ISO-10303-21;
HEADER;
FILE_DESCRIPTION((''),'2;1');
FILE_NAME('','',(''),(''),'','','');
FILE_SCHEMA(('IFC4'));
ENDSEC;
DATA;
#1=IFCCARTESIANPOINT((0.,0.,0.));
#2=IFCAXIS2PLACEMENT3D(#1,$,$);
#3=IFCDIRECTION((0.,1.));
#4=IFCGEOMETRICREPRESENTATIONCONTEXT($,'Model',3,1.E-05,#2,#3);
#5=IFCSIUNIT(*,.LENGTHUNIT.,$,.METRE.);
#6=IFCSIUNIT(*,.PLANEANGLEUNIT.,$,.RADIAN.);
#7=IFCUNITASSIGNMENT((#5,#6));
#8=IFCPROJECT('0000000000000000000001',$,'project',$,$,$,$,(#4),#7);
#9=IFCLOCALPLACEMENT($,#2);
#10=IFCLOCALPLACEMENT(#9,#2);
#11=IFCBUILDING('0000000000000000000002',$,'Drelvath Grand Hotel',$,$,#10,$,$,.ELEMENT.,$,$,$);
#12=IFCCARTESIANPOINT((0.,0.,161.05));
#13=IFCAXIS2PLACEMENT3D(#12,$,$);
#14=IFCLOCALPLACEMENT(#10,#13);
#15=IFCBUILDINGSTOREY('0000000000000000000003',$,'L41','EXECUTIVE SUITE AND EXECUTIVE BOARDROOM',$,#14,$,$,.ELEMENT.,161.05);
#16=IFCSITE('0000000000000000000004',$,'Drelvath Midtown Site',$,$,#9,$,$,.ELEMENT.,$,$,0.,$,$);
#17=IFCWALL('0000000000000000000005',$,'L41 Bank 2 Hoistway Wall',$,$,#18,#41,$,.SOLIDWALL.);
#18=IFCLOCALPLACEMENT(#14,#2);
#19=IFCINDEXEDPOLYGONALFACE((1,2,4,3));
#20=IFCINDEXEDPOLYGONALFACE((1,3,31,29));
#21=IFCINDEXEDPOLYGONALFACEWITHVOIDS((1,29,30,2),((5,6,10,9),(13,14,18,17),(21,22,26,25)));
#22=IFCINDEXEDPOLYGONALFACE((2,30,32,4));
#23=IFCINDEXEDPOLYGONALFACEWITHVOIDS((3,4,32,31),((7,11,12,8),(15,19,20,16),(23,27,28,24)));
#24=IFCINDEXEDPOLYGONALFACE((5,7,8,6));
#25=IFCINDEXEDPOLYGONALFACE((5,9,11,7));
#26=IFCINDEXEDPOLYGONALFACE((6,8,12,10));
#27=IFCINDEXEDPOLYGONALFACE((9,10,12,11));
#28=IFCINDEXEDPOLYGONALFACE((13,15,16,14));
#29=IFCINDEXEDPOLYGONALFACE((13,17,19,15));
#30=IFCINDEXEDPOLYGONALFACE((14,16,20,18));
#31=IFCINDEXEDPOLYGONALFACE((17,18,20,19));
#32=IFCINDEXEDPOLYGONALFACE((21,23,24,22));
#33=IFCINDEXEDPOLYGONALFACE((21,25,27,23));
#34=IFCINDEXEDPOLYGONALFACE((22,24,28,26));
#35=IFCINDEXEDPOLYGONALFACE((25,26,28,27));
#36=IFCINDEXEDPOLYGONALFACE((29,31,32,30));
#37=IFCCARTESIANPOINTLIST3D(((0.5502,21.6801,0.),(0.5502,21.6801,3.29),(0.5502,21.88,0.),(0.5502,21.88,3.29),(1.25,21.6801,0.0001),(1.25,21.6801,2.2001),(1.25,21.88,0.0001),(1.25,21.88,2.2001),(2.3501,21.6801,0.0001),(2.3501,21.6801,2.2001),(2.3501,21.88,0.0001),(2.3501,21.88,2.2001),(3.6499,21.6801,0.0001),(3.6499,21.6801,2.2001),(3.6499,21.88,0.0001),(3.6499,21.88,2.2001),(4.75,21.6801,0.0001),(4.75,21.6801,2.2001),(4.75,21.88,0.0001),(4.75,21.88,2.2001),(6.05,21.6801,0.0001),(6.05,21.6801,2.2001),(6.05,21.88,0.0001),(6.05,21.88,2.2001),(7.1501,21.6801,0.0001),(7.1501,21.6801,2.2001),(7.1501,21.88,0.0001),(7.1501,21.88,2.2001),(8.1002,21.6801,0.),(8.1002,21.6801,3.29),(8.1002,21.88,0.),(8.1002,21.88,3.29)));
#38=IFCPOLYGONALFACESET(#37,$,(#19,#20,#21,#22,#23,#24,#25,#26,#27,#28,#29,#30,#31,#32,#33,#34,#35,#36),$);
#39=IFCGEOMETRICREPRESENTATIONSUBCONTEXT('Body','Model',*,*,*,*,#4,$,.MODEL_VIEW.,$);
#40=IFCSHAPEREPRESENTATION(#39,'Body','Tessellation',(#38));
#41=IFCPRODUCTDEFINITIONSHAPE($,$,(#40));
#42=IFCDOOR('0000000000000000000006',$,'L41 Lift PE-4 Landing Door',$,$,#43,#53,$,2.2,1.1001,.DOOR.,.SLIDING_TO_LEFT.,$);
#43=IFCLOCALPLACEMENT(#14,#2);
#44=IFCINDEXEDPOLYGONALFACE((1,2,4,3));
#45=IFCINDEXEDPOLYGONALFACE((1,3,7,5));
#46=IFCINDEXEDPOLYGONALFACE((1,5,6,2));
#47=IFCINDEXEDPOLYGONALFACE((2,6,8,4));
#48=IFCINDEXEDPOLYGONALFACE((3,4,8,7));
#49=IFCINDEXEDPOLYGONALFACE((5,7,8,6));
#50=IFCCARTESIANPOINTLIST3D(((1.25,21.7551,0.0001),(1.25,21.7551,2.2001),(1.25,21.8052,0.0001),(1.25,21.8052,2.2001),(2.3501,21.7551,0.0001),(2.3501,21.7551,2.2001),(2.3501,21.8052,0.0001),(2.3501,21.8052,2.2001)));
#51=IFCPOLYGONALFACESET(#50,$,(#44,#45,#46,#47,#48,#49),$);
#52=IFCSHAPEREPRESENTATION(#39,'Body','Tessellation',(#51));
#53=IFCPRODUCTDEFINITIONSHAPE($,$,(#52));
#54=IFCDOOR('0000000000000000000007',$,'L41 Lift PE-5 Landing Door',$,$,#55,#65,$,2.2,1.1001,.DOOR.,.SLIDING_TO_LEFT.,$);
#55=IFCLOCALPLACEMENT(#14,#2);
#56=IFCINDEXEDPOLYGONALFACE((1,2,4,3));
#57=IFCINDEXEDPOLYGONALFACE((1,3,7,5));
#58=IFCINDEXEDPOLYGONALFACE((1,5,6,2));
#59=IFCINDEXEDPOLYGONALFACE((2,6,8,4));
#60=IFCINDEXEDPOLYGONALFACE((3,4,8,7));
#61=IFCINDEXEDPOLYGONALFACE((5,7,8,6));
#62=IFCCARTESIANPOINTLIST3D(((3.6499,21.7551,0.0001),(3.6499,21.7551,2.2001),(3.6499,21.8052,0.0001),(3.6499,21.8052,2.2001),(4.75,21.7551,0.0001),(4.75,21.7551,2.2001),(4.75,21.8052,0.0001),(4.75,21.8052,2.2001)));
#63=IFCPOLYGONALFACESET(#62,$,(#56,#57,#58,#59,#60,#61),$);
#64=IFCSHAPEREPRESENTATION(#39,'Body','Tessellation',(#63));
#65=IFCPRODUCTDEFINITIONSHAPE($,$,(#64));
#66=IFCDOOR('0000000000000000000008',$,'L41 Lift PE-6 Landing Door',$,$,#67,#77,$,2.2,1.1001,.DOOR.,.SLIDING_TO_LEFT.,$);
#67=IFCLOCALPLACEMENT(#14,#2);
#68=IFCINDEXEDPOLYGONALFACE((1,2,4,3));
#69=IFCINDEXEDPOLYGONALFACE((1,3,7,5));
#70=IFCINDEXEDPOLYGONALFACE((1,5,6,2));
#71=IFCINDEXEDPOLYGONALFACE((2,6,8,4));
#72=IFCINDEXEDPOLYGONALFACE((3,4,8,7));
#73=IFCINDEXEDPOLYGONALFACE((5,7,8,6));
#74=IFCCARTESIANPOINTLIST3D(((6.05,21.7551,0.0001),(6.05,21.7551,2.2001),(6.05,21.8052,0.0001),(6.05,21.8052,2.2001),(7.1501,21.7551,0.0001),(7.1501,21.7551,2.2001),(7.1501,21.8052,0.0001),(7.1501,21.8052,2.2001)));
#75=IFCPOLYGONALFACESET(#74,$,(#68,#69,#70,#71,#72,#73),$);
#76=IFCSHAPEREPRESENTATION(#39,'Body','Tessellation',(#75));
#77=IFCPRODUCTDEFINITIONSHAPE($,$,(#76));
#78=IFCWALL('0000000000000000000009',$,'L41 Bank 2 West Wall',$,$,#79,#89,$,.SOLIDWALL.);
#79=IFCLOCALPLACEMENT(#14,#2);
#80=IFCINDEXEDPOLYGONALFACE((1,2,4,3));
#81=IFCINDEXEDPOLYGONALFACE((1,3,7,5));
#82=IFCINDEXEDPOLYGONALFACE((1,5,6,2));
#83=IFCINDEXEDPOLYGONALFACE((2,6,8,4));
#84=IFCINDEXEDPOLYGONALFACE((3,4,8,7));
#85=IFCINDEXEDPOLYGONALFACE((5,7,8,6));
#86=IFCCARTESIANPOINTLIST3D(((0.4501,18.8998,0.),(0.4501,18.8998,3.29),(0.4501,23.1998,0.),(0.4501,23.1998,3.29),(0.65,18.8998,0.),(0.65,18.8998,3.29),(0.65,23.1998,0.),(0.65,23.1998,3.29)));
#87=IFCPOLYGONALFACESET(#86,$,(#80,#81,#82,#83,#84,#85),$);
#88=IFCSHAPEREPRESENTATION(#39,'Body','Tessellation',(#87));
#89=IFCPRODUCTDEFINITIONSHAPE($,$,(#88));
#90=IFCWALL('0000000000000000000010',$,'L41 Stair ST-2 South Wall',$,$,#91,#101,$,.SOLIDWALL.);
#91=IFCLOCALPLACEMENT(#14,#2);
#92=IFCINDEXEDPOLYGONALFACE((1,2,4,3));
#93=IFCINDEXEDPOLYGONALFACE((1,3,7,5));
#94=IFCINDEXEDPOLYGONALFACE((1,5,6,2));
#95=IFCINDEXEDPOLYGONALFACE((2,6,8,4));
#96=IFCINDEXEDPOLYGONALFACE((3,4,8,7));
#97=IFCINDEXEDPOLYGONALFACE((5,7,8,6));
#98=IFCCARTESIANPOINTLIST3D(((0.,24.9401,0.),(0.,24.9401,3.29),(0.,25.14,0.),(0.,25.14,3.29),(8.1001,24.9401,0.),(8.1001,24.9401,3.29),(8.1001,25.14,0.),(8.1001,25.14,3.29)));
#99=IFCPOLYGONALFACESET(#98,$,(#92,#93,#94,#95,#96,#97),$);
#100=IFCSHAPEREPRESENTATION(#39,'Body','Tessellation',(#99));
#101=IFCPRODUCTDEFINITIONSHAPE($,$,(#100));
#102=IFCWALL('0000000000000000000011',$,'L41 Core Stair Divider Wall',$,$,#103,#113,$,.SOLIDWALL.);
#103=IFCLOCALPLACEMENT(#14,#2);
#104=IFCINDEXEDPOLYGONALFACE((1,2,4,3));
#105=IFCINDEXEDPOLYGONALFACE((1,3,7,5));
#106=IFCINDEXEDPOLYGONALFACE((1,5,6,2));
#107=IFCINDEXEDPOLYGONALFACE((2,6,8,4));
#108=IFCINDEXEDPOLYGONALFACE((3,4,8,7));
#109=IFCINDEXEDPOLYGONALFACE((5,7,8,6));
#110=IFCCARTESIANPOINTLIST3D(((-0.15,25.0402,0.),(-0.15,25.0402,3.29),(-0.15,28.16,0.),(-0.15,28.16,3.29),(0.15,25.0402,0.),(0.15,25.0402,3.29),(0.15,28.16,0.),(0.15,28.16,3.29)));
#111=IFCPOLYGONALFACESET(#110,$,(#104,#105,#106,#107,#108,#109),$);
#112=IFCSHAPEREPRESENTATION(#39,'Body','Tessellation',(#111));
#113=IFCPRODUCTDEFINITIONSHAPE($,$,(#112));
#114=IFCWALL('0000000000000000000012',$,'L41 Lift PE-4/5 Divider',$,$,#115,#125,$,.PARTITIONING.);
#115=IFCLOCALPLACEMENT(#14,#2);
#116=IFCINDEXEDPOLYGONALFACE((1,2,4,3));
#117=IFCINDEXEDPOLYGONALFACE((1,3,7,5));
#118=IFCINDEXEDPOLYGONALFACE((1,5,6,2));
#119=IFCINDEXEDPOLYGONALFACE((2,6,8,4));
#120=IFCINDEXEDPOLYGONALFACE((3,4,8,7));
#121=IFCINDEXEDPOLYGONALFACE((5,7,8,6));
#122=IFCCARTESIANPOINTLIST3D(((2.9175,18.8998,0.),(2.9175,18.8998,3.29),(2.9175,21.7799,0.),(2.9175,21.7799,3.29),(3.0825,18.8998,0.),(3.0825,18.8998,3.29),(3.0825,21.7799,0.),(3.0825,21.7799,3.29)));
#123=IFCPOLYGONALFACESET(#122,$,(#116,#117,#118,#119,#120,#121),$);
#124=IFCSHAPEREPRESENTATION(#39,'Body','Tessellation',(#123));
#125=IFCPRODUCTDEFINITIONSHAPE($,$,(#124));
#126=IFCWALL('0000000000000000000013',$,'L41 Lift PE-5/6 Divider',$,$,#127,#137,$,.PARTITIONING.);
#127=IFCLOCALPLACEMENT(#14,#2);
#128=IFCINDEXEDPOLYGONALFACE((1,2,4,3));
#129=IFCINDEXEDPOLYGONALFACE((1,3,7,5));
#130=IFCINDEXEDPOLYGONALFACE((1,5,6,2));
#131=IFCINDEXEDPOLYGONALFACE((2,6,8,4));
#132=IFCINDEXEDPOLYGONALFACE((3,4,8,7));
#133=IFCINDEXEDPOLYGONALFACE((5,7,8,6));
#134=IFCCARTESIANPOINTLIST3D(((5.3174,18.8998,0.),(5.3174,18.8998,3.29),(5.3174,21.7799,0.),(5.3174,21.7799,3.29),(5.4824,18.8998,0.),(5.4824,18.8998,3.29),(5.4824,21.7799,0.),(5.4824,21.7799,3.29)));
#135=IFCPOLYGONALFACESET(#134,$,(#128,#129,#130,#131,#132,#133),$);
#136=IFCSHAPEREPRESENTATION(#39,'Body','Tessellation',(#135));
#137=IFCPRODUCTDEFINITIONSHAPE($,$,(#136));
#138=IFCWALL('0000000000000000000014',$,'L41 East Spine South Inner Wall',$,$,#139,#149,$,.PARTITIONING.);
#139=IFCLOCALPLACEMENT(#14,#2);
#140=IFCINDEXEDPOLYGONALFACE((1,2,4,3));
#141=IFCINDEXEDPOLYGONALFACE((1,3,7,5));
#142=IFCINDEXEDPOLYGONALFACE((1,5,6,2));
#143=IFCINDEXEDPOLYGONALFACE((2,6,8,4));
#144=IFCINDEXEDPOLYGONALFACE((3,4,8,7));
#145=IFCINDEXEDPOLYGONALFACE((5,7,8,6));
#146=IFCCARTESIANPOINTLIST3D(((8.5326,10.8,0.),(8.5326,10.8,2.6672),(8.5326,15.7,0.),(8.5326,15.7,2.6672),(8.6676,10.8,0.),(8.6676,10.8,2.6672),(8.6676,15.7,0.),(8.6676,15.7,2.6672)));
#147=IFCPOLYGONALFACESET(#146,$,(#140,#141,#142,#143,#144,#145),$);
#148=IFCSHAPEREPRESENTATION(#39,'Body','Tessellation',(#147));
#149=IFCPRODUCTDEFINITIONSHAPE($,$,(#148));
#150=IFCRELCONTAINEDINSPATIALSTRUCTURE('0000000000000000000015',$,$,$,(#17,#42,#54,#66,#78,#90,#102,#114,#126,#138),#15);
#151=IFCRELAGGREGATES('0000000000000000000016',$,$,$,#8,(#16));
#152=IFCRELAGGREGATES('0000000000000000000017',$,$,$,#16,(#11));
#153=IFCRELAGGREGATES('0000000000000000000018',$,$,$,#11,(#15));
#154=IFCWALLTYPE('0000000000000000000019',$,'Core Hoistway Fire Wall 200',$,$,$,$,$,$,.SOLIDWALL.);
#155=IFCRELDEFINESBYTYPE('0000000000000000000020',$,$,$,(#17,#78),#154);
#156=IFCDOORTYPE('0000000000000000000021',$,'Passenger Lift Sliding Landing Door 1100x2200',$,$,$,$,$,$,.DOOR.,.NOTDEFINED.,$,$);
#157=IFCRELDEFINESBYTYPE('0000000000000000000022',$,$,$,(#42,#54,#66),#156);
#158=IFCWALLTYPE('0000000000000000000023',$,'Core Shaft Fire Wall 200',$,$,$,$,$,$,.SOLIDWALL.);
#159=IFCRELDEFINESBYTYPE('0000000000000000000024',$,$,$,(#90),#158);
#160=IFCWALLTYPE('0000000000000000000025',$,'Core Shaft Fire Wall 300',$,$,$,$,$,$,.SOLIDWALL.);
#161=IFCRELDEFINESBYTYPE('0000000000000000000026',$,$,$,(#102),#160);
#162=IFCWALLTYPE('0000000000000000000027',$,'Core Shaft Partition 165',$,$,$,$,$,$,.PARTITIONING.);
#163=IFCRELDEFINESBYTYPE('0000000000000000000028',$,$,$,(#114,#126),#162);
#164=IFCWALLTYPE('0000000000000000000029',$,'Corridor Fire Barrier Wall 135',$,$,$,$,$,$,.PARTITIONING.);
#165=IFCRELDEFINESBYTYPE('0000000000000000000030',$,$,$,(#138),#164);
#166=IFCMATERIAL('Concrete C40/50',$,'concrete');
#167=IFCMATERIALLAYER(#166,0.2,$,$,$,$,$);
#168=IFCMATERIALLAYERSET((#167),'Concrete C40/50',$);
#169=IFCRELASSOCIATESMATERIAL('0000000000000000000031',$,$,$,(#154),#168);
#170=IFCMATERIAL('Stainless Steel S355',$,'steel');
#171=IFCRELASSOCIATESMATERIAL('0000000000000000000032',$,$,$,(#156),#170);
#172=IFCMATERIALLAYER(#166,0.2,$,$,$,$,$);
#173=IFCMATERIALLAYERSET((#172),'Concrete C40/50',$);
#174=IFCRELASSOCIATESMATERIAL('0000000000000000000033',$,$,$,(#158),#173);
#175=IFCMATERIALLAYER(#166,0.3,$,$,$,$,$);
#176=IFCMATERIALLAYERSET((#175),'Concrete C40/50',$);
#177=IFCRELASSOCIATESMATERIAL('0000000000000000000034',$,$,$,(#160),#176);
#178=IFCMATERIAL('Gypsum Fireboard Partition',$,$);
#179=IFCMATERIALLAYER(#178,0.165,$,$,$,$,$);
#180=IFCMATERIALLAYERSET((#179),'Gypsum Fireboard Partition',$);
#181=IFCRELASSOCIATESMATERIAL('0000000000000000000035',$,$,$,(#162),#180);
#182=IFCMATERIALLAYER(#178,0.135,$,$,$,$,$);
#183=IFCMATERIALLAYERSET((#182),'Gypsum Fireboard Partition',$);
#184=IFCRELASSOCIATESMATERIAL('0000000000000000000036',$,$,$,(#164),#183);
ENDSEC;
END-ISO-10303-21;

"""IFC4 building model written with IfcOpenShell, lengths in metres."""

from ifc_helpers import new_model, si_unit, direction, frame, frame_2d, origin, place, context, subcontext, project, spatial, rectangle, extrude, material, layer, layer_set, type_object, element, fill, save


model = new_model("IFC4")

# Units and contexts
model_context = context("Model", 3, precision=1e-05, world=origin(), true_north=direction((0.0, 1.0)))
body_context = subcontext(model_context, "Body", "Model", "MODEL_VIEW")
ifc_project = project(units=[si_unit("LENGTHUNIT", "METRE"), si_unit("PLANEANGLEUNIT", "RADIAN")], contexts=[model_context])

# Site, building, storey
site_placement = place(None, origin())
site = spatial("IfcSite", under=ifc_project, at=site_placement, Name="Drelvath Midtown Site", CompositionType="ELEMENT", RefElevation=0.0)
building_placement = place(site_placement, origin())
building = spatial("IfcBuilding", under=site, at=building_placement, Name="Drelvath Grand Hotel", CompositionType="ELEMENT")
storey_placement = place(building_placement, frame((0.0, 0.0, 161.05)))
storey = spatial("IfcBuildingStorey", under=building, at=storey_placement, Name="L41", Description="EXECUTIVE SUITE AND EXECUTIVE BOARDROOM", CompositionType="ELEMENT", Elevation=161.05)

# Wall, openings, doors
ifc_material_1 = material(Name="Concrete C40/50", Category="concrete")
ifc_layer_1 = layer(ifc_material_1, 0.2)
ifc_layer_set_1 = layer_set([ifc_layer_1], Name="Concrete C40/50")
wall_type_1 = type_object("IfcWallType", Name="Core Hoistway Fire Wall 200", PredefinedType="SOLIDWALL", material=ifc_layer_set_1)
wall_1_placement = place(storey_placement, frame((8.1001, 21.78, 0.0), z_axis=(0.0, 0.0, 1.0), x_axis=(-1.0, 0.0, 0.0)))
wall_1 = element("IfcWall", 1, at=wall_1_placement, inside=storey, type_object=wall_type_1, Name="L41 Bank 2 Hoistway Wall", PredefinedType="SOLIDWALL", context=body_context, shape_type="SweptSolid", body=[
    extrude(rectangle(XDim=7.55, YDim=0.2, at=frame_2d((3.7749, 0.0))), origin(), (0.0, 0.0, 1.0), 3.29),
])
opening_1_placement = place(wall_1_placement, frame((5.75, 0.0, 0.0)))
opening_1 = element("IfcOpeningElement", 2, at=opening_1_placement, cuts=wall_1, PredefinedType="OPENING", context=body_context, shape_type="SweptSolid", body=[
    extrude(rectangle(XDim=1.1001, YDim=2.2, at=frame_2d((0.55, 1.1001))), frame((0.0, 0.1099, 0.0), z_axis=(0.0, -1.0, 0.0), x_axis=(1.0, 0.0, 0.0)), (0.0, 0.0, 1.0), 0.22),
])
opening_2_placement = place(wall_1_placement, frame((3.3501, 0.0, 0.0)))
opening_2 = element("IfcOpeningElement", 3, at=opening_2_placement, cuts=wall_1, PredefinedType="OPENING", context=body_context, shape_type="SweptSolid", body=[
    extrude(rectangle(XDim=1.1001, YDim=2.2, at=frame_2d((0.55, 1.1001))), frame((0.0, 0.1099, 0.0), z_axis=(0.0, -1.0, 0.0), x_axis=(1.0, 0.0, 0.0)), (0.0, 0.0, 1.0), 0.22),
])
opening_3_placement = place(wall_1_placement, frame((0.95, 0.0, 0.0)))
opening_3 = element("IfcOpeningElement", 4, at=opening_3_placement, cuts=wall_1, PredefinedType="OPENING", context=body_context, shape_type="SweptSolid", body=[
    extrude(rectangle(XDim=1.1001, YDim=2.2, at=frame_2d((0.55, 1.1001))), frame((0.0, 0.1099, 0.0), z_axis=(0.0, -1.0, 0.0), x_axis=(1.0, 0.0, 0.0)), (0.0, 0.0, 1.0), 0.22),
])
ifc_material_2 = material(Name="Stainless Steel S355", Category="steel")
door_type_1 = type_object("IfcDoorType", Name="Passenger Lift Sliding Landing Door 1100x2200", OperationType="NOTDEFINED", PredefinedType="DOOR", material=ifc_material_2)
door_1_placement = place(opening_1_placement, origin())
door_1 = element("IfcDoor", 5, at=door_1_placement, inside=storey, type_object=door_type_1, Name="L41 Lift PE-4 Landing Door", OperationType="SLIDING_TO_LEFT", OverallHeight=2.2, OverallWidth=1.1001, PredefinedType="DOOR", context=body_context, shape_type="SweptSolid", body=[
    extrude(rectangle(XDim=1.1001, YDim=2.2, at=frame_2d((0.55, 1.1001))), frame((0.0, 0.0249, 0.0), z_axis=(0.0, -1.0, 0.0), x_axis=(1.0, 0.0, 0.0)), (0.0, 0.0, 1.0), 0.05),
])
fill(opening_1, door_1)
door_2_placement = place(opening_2_placement, origin())
door_2 = element("IfcDoor", 6, at=door_2_placement, inside=storey, type_object=door_type_1, Name="L41 Lift PE-5 Landing Door", OperationType="SLIDING_TO_LEFT", OverallHeight=2.2, OverallWidth=1.1001, PredefinedType="DOOR", context=body_context, shape_type="SweptSolid", body=[
    extrude(rectangle(XDim=1.1001, YDim=2.2, at=frame_2d((0.55, 1.1001))), frame((0.0, 0.0249, 0.0), z_axis=(0.0, -1.0, 0.0), x_axis=(1.0, 0.0, 0.0)), (0.0, 0.0, 1.0), 0.05),
])
fill(opening_2, door_2)
door_3_placement = place(opening_3_placement, origin())
door_3 = element("IfcDoor", 7, at=door_3_placement, inside=storey, type_object=door_type_1, Name="L41 Lift PE-6 Landing Door", OperationType="SLIDING_TO_LEFT", OverallHeight=2.2, OverallWidth=1.1001, PredefinedType="DOOR", context=body_context, shape_type="SweptSolid", body=[
    extrude(rectangle(XDim=1.1001, YDim=2.2, at=frame_2d((0.55, 1.1001))), frame((0.0, 0.0249, 0.0), z_axis=(0.0, -1.0, 0.0), x_axis=(1.0, 0.0, 0.0)), (0.0, 0.0, 1.0), 0.05),
])
fill(opening_3, door_3)

# Walls
wall_2_placement = place(storey_placement, frame((0.55, 18.8999, 0.0), z_axis=(0.0, 0.0, 1.0), x_axis=(0.0, 1.0, 0.0)))
element("IfcWall", 8, at=wall_2_placement, inside=storey, type_object=wall_type_1, Name="L41 Bank 2 West Wall", PredefinedType="SOLIDWALL", context=body_context, shape_type="SweptSolid", body=[
    extrude(rectangle(XDim=4.3, YDim=0.2, at=frame_2d((2.1499, 0.0))), origin(), (0.0, 0.0, 1.0), 3.29),
])
ifc_layer_2 = layer(ifc_material_1, 0.2)
ifc_layer_set_2 = layer_set([ifc_layer_2], Name="Concrete C40/50")
wall_type_2 = type_object("IfcWallType", Name="Core Shaft Fire Wall 200", PredefinedType="SOLIDWALL", material=ifc_layer_set_2)
wall_3_placement = place(storey_placement, frame((0.0, 25.04, 0.0), z_axis=(0.0, 0.0, 1.0), x_axis=(1.0, 0.0, 0.0)))
element("IfcWall", 9, at=wall_3_placement, inside=storey, type_object=wall_type_2, Name="L41 Stair ST-2 South Wall", PredefinedType="SOLIDWALL", context=body_context, shape_type="SweptSolid", body=[
    extrude(rectangle(XDim=8.1001, YDim=0.2, at=frame_2d((4.05, 0.0))), origin(), (0.0, 0.0, 1.0), 3.29),
])
ifc_layer_3 = layer(ifc_material_1, 0.3)
ifc_layer_set_3 = layer_set([ifc_layer_3], Name="Concrete C40/50")
wall_type_3 = type_object("IfcWallType", Name="Core Shaft Fire Wall 300", PredefinedType="SOLIDWALL", material=ifc_layer_set_3)
wall_4_placement = place(storey_placement, frame((0.0, 25.04, 0.0), z_axis=(0.0, 0.0, 1.0), x_axis=(0.0, 1.0, 0.0)))
element("IfcWall", 10, at=wall_4_placement, inside=storey, type_object=wall_type_3, Name="L41 Core Stair Divider Wall", PredefinedType="SOLIDWALL", context=body_context, shape_type="SweptSolid", body=[
    extrude(rectangle(XDim=3.1199, YDim=0.3, at=frame_2d((1.5601, 0.0))), origin(), (0.0, 0.0, 1.0), 3.29),
])
ifc_material_3 = material(Name="Gypsum Fireboard Partition")
ifc_layer_4 = layer(ifc_material_3, 0.165)
ifc_layer_set_4 = layer_set([ifc_layer_4], Name="Gypsum Fireboard Partition")
wall_type_4 = type_object("IfcWallType", Name="Core Shaft Partition 165", PredefinedType="PARTITIONING", material=ifc_layer_set_4)
for number, where, z_axis, x_axis, name in (
    (11, (3.0, 18.8999, 0.0), (0.0, 0.0, 1.0), (0.0, 1.0, 0.0), "L41 Lift PE-4/5 Divider"),
    (12, (5.3999, 18.8999, 0.0), (0.0, 0.0, 1.0), (0.0, 1.0, 0.0), "L41 Lift PE-5/6 Divider"),
):
    element("IfcWall", number, at=place(storey_placement, frame(where, z_axis=z_axis, x_axis=x_axis)), inside=storey, type_object=wall_type_4, Name=name, PredefinedType="PARTITIONING", context=body_context, shape_type="SweptSolid", body=[
        extrude(rectangle(XDim=2.8801, YDim=0.165, at=frame_2d((1.4399, 0.0))), origin(), (0.0, 0.0, 1.0), 3.29),
    ])
ifc_layer_5 = layer(ifc_material_3, 0.135)
ifc_layer_set_5 = layer_set([ifc_layer_5], Name="Gypsum Fireboard Partition")
wall_type_5 = type_object("IfcWallType", Name="Corridor Fire Barrier Wall 135", PredefinedType="PARTITIONING", material=ifc_layer_set_5)
wall_5_placement = place(storey_placement, frame((8.6001, 10.8, 0.0), z_axis=(0.0, 0.0, 1.0), x_axis=(0.0, 1.0, 0.0)))
element("IfcWall", 13, at=wall_5_placement, inside=storey, type_object=wall_type_5, Name="L41 East Spine South Inner Wall", PredefinedType="PARTITIONING", context=body_context, shape_type="SweptSolid", body=[
    extrude(rectangle(XDim=4.8999, YDim=0.135, at=frame_2d((2.45, 0.0))), origin(), (0.0, 0.0, 1.0), 2.6672),
])

save(model, "model.ifc")
